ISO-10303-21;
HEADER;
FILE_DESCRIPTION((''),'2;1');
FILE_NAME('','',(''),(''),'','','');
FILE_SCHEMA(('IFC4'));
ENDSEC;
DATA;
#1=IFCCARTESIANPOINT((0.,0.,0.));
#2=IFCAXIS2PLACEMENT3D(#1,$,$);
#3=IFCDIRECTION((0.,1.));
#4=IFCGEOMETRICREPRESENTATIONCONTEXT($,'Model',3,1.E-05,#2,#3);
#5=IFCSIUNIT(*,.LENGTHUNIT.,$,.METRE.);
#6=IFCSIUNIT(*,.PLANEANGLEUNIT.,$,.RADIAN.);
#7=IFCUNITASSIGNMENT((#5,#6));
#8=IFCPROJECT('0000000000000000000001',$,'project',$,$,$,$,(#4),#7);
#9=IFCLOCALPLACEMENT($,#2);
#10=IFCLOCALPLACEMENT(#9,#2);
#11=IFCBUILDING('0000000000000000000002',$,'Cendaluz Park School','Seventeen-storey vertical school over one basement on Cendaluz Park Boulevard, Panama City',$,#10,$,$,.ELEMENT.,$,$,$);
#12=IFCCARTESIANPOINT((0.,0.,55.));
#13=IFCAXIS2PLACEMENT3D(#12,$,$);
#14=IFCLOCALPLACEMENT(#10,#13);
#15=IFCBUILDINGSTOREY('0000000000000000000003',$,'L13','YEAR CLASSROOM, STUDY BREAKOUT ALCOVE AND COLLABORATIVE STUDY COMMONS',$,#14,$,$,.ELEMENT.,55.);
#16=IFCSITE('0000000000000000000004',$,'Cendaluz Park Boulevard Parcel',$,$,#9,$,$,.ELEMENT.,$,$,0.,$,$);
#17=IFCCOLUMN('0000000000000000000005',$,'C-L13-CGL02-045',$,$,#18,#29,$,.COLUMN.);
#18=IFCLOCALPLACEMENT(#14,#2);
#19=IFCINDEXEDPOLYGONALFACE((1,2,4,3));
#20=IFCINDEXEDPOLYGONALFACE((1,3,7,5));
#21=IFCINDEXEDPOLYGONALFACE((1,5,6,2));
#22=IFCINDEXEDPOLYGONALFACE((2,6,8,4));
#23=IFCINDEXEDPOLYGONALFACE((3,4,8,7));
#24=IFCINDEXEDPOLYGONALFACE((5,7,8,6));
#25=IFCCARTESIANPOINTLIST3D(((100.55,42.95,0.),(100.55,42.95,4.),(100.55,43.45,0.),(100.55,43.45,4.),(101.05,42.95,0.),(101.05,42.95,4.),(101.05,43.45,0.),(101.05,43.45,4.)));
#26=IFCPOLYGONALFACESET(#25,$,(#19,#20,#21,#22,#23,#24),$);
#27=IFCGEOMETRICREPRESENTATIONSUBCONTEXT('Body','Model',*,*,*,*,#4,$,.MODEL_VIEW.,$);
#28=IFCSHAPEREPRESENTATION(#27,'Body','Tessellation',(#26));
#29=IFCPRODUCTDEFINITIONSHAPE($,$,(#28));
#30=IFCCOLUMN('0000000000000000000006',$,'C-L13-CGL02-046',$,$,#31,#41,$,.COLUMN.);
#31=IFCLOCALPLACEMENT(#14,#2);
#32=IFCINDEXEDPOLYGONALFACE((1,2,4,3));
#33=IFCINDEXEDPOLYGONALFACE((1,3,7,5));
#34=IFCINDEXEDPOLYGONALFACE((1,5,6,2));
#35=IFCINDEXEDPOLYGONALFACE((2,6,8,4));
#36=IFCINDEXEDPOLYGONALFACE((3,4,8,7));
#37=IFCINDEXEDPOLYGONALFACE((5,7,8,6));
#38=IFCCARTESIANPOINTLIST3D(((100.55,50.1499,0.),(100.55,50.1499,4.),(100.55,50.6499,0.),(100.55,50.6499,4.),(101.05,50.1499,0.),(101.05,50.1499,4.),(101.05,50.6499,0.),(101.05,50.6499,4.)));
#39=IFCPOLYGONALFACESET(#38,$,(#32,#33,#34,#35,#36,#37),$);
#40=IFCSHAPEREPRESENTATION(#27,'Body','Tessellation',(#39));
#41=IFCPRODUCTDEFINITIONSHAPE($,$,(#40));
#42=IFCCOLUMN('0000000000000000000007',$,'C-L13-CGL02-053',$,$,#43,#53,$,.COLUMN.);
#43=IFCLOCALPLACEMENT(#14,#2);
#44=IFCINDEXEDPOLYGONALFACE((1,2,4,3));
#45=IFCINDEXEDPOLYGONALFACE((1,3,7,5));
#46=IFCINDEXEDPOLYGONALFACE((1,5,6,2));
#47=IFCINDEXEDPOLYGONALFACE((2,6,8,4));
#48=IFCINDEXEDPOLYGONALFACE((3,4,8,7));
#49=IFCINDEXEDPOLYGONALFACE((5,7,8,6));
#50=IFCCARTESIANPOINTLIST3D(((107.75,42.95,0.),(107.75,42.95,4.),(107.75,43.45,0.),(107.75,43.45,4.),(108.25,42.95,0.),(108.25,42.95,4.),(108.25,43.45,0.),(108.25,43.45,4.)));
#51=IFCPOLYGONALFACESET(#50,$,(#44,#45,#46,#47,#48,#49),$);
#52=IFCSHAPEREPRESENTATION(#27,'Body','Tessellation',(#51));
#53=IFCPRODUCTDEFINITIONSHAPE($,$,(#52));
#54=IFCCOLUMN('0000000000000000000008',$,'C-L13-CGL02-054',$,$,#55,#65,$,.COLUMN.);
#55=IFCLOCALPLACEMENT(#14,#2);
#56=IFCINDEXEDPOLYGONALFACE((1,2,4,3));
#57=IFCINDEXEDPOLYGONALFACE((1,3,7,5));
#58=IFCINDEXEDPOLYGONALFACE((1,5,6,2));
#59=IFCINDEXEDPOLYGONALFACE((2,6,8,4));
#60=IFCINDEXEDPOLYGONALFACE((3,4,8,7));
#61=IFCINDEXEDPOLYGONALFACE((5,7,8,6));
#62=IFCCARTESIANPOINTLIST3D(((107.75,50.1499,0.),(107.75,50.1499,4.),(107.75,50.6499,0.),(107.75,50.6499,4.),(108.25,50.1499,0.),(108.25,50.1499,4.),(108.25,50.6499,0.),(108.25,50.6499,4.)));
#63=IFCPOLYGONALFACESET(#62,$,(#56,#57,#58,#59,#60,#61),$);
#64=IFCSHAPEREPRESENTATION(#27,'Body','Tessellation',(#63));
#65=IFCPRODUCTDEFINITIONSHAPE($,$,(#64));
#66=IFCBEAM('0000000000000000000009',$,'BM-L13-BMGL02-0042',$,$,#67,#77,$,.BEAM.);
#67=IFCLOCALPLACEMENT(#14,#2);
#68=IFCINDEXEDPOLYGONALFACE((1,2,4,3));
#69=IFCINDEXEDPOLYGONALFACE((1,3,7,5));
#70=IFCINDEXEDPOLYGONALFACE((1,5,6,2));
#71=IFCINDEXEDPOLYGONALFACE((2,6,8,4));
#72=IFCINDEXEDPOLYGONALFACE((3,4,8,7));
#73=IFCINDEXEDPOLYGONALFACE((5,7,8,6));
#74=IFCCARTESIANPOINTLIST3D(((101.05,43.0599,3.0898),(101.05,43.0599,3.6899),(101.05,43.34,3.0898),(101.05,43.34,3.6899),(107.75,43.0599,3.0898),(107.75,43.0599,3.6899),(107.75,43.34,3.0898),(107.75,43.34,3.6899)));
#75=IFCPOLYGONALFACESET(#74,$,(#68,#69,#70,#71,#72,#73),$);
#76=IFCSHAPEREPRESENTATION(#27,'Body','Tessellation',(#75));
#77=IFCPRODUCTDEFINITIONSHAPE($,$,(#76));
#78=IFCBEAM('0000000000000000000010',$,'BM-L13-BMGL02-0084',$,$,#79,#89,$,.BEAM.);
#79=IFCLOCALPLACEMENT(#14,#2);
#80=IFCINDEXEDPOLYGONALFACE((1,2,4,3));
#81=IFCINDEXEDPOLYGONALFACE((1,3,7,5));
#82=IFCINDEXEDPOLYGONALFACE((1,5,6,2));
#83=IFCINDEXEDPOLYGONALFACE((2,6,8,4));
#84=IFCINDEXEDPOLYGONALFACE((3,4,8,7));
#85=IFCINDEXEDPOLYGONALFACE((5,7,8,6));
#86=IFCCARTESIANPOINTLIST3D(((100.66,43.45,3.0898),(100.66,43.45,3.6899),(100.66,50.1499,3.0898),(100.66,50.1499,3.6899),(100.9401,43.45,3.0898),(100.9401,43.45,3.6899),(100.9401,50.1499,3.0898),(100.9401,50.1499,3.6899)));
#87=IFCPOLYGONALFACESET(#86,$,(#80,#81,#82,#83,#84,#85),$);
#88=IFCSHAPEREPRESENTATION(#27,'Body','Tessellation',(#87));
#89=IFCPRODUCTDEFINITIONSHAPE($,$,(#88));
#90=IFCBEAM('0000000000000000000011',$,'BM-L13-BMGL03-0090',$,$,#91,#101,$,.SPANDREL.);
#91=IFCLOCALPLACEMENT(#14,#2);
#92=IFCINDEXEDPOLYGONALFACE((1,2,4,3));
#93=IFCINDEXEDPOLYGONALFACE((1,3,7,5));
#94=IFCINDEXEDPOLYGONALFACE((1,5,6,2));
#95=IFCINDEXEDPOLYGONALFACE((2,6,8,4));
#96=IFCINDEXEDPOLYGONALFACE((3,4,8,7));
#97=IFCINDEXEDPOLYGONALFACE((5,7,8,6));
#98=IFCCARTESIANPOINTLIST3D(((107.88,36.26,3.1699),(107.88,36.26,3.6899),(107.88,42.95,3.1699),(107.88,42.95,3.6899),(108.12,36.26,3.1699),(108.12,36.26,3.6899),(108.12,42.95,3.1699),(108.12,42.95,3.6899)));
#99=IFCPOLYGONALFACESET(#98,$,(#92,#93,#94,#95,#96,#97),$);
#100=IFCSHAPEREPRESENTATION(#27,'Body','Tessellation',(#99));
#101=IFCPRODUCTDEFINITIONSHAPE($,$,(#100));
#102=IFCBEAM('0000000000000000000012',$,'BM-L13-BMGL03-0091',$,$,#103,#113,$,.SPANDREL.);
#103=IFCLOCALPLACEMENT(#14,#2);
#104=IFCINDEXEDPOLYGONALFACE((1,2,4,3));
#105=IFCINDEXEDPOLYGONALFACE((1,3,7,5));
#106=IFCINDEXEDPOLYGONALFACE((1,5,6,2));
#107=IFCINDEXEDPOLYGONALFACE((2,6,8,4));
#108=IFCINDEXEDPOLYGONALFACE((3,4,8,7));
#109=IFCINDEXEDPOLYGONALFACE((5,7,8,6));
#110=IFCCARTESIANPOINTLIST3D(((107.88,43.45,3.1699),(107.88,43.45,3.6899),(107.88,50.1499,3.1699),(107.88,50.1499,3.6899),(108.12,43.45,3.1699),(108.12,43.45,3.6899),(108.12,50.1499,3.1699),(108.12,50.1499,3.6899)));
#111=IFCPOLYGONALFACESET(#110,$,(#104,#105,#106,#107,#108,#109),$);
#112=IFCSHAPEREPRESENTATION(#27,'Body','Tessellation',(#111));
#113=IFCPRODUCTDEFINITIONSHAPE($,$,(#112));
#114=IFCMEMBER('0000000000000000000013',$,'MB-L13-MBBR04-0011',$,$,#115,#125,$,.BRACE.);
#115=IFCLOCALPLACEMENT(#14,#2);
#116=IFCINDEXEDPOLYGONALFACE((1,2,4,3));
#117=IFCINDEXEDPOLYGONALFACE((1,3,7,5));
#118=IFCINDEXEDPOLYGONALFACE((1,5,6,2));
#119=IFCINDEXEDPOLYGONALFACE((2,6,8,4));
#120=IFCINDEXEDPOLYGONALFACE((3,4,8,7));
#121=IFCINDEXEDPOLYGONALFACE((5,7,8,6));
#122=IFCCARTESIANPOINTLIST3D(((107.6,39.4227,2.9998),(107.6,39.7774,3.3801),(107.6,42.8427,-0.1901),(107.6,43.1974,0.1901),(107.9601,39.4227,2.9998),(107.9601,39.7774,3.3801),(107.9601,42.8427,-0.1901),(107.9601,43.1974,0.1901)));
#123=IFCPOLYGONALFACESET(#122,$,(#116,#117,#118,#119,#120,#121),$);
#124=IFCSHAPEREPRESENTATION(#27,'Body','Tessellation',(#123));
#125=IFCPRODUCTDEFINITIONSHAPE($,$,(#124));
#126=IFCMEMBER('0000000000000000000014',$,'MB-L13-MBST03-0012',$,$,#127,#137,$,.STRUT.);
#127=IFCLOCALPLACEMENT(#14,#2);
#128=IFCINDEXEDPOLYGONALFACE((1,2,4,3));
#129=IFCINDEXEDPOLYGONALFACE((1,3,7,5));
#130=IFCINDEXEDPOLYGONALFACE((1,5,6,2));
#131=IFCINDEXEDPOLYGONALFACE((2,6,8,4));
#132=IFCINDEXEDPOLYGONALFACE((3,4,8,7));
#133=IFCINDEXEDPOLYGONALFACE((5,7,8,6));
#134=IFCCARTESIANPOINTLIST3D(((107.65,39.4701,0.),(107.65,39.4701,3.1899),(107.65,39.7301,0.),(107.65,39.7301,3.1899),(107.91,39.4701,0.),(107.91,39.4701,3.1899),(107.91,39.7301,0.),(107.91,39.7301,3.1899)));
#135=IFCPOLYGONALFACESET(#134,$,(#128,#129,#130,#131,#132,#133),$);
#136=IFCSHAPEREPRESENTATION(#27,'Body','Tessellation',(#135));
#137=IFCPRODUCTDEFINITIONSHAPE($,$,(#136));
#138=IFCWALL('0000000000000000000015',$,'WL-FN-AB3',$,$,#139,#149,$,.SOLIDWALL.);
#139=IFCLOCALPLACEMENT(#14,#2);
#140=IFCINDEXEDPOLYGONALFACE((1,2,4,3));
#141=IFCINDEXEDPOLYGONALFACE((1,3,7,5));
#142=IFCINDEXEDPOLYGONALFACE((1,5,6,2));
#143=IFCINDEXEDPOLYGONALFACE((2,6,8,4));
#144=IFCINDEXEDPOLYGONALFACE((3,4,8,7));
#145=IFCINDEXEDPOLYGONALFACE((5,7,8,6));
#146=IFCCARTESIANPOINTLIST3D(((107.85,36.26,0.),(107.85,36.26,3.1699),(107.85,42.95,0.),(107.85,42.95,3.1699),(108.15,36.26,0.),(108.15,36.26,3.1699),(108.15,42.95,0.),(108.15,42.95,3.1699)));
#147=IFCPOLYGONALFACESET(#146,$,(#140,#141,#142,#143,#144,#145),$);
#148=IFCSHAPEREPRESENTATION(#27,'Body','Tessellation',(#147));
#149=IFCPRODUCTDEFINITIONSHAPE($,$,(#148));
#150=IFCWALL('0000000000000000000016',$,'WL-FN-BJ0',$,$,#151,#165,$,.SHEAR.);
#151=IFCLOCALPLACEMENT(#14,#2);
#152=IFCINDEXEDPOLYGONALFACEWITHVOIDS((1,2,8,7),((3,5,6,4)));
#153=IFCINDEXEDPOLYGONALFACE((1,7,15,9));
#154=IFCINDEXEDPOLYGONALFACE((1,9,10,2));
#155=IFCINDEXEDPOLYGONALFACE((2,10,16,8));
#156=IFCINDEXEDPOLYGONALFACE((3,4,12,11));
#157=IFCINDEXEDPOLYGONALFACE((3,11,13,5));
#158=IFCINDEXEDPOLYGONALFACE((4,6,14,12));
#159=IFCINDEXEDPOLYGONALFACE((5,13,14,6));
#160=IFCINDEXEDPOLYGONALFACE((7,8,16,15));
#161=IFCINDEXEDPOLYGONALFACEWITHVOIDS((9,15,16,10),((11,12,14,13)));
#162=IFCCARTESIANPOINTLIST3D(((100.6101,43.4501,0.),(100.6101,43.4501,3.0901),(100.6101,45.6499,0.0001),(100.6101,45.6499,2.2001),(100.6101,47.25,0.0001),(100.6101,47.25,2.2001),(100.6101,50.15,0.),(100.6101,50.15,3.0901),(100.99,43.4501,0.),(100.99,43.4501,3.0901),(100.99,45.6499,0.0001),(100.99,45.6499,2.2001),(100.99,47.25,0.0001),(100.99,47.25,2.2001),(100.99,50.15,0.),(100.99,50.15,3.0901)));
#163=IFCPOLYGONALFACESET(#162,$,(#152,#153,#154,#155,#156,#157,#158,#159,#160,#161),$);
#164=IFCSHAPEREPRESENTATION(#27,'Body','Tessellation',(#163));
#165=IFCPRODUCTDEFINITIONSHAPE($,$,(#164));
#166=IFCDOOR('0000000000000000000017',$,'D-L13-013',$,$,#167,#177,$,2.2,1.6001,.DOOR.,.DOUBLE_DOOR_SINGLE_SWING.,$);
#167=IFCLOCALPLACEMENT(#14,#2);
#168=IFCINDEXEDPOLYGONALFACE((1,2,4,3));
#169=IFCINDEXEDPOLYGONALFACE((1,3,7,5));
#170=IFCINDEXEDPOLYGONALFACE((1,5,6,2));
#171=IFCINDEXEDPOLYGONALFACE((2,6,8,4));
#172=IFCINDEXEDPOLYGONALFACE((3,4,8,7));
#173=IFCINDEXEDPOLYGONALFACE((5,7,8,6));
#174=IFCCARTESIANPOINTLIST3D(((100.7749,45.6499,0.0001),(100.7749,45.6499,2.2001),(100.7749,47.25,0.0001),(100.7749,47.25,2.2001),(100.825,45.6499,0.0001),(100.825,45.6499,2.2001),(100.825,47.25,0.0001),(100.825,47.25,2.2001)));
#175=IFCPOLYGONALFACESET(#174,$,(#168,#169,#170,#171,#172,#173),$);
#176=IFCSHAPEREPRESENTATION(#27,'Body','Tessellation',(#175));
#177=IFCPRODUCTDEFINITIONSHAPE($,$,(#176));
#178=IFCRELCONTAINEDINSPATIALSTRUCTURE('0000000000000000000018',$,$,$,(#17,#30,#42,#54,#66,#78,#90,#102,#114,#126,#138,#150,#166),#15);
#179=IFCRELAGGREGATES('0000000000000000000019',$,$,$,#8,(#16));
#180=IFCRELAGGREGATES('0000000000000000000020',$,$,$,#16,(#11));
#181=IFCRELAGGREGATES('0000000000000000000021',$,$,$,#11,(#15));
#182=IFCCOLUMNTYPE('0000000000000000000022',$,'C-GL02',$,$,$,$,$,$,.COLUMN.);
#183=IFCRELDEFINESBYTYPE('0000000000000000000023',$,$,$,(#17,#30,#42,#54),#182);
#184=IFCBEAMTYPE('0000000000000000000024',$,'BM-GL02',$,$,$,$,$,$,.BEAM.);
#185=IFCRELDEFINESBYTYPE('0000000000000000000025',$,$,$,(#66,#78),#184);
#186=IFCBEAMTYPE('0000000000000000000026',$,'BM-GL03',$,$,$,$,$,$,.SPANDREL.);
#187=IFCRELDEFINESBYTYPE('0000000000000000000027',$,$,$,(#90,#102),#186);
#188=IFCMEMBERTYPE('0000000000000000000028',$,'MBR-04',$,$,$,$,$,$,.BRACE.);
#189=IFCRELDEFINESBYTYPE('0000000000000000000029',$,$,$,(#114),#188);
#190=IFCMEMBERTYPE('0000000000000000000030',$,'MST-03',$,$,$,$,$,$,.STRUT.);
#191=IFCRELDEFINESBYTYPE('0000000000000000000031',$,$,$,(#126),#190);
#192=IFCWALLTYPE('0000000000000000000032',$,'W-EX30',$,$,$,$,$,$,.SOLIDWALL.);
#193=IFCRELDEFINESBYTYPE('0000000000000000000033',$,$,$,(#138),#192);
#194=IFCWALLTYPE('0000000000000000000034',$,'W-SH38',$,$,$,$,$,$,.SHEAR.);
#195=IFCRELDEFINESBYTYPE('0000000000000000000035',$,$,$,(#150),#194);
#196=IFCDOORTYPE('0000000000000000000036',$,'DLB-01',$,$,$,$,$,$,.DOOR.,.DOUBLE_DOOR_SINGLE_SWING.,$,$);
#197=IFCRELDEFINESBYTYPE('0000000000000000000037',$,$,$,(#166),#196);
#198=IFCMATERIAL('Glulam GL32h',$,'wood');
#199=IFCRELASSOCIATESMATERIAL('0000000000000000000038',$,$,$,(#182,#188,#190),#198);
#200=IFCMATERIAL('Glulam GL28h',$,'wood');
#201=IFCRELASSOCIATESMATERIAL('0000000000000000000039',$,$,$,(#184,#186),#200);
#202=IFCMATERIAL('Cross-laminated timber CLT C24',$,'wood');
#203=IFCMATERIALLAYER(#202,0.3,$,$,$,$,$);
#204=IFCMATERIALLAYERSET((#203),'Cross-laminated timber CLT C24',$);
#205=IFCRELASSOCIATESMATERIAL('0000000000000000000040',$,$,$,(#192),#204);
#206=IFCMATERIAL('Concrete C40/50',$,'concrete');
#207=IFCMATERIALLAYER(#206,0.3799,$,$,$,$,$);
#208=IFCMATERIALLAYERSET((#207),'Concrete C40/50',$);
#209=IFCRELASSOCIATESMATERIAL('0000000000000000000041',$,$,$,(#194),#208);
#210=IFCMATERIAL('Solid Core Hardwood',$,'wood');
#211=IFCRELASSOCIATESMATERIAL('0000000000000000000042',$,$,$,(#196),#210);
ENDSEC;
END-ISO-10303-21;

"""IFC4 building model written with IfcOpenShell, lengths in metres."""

from ifc_helpers import new_model, si_unit, direction, frame, frame_2d, origin, origin_2d, place, context, subcontext, project, spatial, rectangle, extrude, material, layer, layer_set, material_profile, profile_set, type_object, element, fill, save


model = new_model("IFC4")

# Units and contexts
model_context = context("Model", 3, precision=1e-05, world=origin(), true_north=direction((0.0, 1.0)))
body_context = subcontext(model_context, "Body", "Model", "MODEL_VIEW")
ifc_project = project(units=[si_unit("LENGTHUNIT", "METRE"), si_unit("PLANEANGLEUNIT", "RADIAN")], contexts=[model_context])

# Site, building, storey
site_placement = place(None, origin())
site = spatial("IfcSite", under=ifc_project, at=site_placement, Name="Cendaluz Park Boulevard Parcel", CompositionType="ELEMENT", RefElevation=0.0)
building_placement = place(site_placement, origin())
building = spatial("IfcBuilding", under=site, at=building_placement, Name="Cendaluz Park School", Description="Seventeen-storey vertical school over one basement on Cendaluz Park Boulevard, Panama City", CompositionType="ELEMENT")
storey_placement = place(building_placement, frame((0.0, 0.0, 55.0)))
storey = spatial("IfcBuildingStorey", under=building, at=storey_placement, Name="L13", Description="YEAR CLASSROOM, STUDY BREAKOUT ALCOVE AND COLLABORATIVE STUDY COMMONS", CompositionType="ELEMENT", Elevation=55.0)

# Columns
ifc_material_1 = material(Name="Glulam GL32h", Category="wood")
ifc_material_profile_1 = material_profile(ifc_material_1, rectangle(XDim=0.5, YDim=0.5, at=origin_2d()), Name="GL32h 500x500", Category="wood")
ifc_profile_set_1 = profile_set([ifc_material_profile_1], Name="Glulam GL32h")
column_type = type_object("IfcColumnType", Name="C-GL02", PredefinedType="COLUMN", material=ifc_profile_set_1)
for number, where, z_axis, x_axis, name in (
    (1, (100.8, 43.2, 0.0), (0.0, 0.0, 1.0), (1.0, 0.0, 0.0), "C-L13-CGL02-045"),
    (2, (100.8, 50.3999, 0.0), (0.0, 0.0, 1.0), (1.0, 0.0, 0.0), "C-L13-CGL02-046"),
    (3, (108.0, 43.2, 0.0), (0.0, 0.0, 1.0), (1.0, 0.0, 0.0), "C-L13-CGL02-053"),
    (4, (108.0, 50.3999, 0.0), (0.0, 0.0, 1.0), (1.0, 0.0, 0.0), "C-L13-CGL02-054"),
):
    element("IfcColumn", number, at=place(storey_placement, frame(where, z_axis=z_axis, x_axis=x_axis)), inside=storey, type_object=column_type, Name=name, PredefinedType="COLUMN", context=body_context, shape_type="SweptSolid", body=[
        extrude(rectangle(XDim=0.5, YDim=0.5, at=origin_2d()), origin(), (0.0, 0.0, 1.0), 4.0),
    ])

# Beams
ifc_material_2 = material(Name="Glulam GL28h", Category="wood")
ifc_material_profile_2 = material_profile(ifc_material_2, rectangle(XDim=0.28, YDim=0.6001, at=origin_2d()), Name="GL28h 280x600", Category="wood")
ifc_profile_set_2 = profile_set([ifc_material_profile_2], Name="Glulam GL28h")
beam_type_1 = type_object("IfcBeamType", Name="BM-GL02", PredefinedType="BEAM", material=ifc_profile_set_2)
for number, where, z_axis, x_axis, name in (
    (5, (101.05, 43.2, 3.3899), (1.0, 0.0, 0.0), (0.0, 1.0, 0.0), "BM-L13-BMGL02-0042"),
    (6, (100.8, 43.45, 3.3899), (0.0, 1.0, 0.0), (-1.0, 0.0, 0.0), "BM-L13-BMGL02-0084"),
):
    element("IfcBeam", number, at=place(storey_placement, frame(where, z_axis=z_axis, x_axis=x_axis)), inside=storey, type_object=beam_type_1, Name=name, PredefinedType="BEAM", context=body_context, shape_type="SweptSolid", body=[
        extrude(rectangle(XDim=0.28, YDim=0.6001, at=origin_2d()), origin(), (0.0, 0.0, 1.0), 6.7),
    ])
ifc_material_profile_3 = material_profile(ifc_material_2, rectangle(XDim=0.24, YDim=0.52, at=origin_2d()), Name="GL28h 240x520", Category="wood")
ifc_profile_set_3 = profile_set([ifc_material_profile_3], Name="Glulam GL28h")
beam_type_2 = type_object("IfcBeamType", Name="BM-GL03", PredefinedType="SPANDREL", material=ifc_profile_set_3)
beam_1_placement = place(storey_placement, frame((108.0, 36.26, 3.4299), z_axis=(0.0, 1.0, 0.0), x_axis=(-1.0, 0.0, 0.0)))
element("IfcBeam", 7, at=beam_1_placement, inside=storey, type_object=beam_type_2, Name="BM-L13-BMGL03-0090", PredefinedType="SPANDREL", context=body_context, shape_type="SweptSolid", body=[
    extrude(rectangle(XDim=0.24, YDim=0.52, at=origin_2d()), origin(), (0.0, 0.0, 1.0), 6.6899),
])
beam_2_placement = place(storey_placement, frame((108.0, 43.45, 3.4299), z_axis=(0.0, 1.0, 0.0), x_axis=(-1.0, 0.0, 0.0)))
element("IfcBeam", 8, at=beam_2_placement, inside=storey, type_object=beam_type_2, Name="BM-L13-BMGL03-0091", PredefinedType="SPANDREL", context=body_context, shape_type="SweptSolid", body=[
    extrude(rectangle(XDim=0.24, YDim=0.52, at=origin_2d()), origin(), (0.0, 0.0, 1.0), 6.7),
])

# Members
ifc_material_profile_4 = material_profile(ifc_material_1, rectangle(XDim=0.3601, YDim=0.52, at=origin_2d()), Name="GL32h 360x520", Category="wood")
ifc_profile_set_4 = profile_set([ifc_material_profile_4], Name="Glulam GL32h")
member_type_1 = type_object("IfcMemberType", Name="MBR-04", PredefinedType="BRACE", material=ifc_profile_set_4)
member_1_placement = place(storey_placement, frame((107.78, 43.02, 0.0), z_axis=(0.0, -0.731267, 0.682091), x_axis=(1.0, 0.0, 0.0)))
element("IfcMember", 9, at=member_1_placement, inside=storey, type_object=member_type_1, Name="MB-L13-MBBR04-0011", PredefinedType="BRACE", context=body_context, shape_type="SweptSolid", body=[
    extrude(rectangle(XDim=0.3601, YDim=0.52, at=origin_2d()), origin(), (0.0, 0.0, 1.0), 4.6768),
])
ifc_material_profile_5 = material_profile(ifc_material_1, rectangle(XDim=0.26, YDim=0.26, at=origin_2d()), Name="GL32h 260x260", Category="wood")
ifc_profile_set_5 = profile_set([ifc_material_profile_5], Name="Glulam GL32h")
member_type_2 = type_object("IfcMemberType", Name="MST-03", PredefinedType="STRUT", material=ifc_profile_set_5)
member_2_placement = place(storey_placement, frame((107.78, 39.6001, 0.0), z_axis=(0.0, 0.0, 1.0), x_axis=(1.0, 0.0, 0.0)))
element("IfcMember", 10, at=member_2_placement, inside=storey, type_object=member_type_2, Name="MB-L13-MBST03-0012", PredefinedType="STRUT", context=body_context, shape_type="SweptSolid", body=[
    extrude(rectangle(XDim=0.26, YDim=0.26, at=origin_2d()), origin(), (0.0, 0.0, 1.0), 3.1899),
])

# Wall
ifc_material_3 = material(Name="Cross-laminated timber CLT C24", Category="wood")
ifc_layer_1 = layer(ifc_material_3, 0.3)
ifc_layer_set_1 = layer_set([ifc_layer_1], Name="Cross-laminated timber CLT C24")
wall_type_1 = type_object("IfcWallType", Name="W-EX30", PredefinedType="SOLIDWALL", material=ifc_layer_set_1)
wall_1_placement = place(storey_placement, frame((108.0, 36.26, 0.0), z_axis=(0.0, 0.0, 1.0), x_axis=(0.0, 1.0, 0.0)))
element("IfcWall", 11, at=wall_1_placement, inside=storey, type_object=wall_type_1, Name="WL-FN-AB3", PredefinedType="SOLIDWALL", context=body_context, shape_type="SweptSolid", body=[
    extrude(rectangle(XDim=6.6899, YDim=0.3, at=frame_2d((3.345, 0.0))), origin(), (0.0, 0.0, 1.0), 3.1699),
])

# Shared definitions
ifc_material_4 = material(Name="Concrete C40/50", Category="concrete")
ifc_material_5 = material(Name="Solid Core Hardwood", Category="wood")

# Wall, opening, door
ifc_layer_2 = layer(ifc_material_4, 0.3799)
ifc_layer_set_2 = layer_set([ifc_layer_2], Name="Concrete C40/50")
wall_type_2 = type_object("IfcWallType", Name="W-SH38", PredefinedType="SHEAR", material=ifc_layer_set_2)
wall_2_placement = place(storey_placement, frame((100.8, 43.45, 0.0), z_axis=(0.0, 0.0, 1.0), x_axis=(0.0, 1.0, 0.0)))
wall_2 = element("IfcWall", 12, at=wall_2_placement, inside=storey, type_object=wall_type_2, Name="WL-FN-BJ0", PredefinedType="SHEAR", context=body_context, shape_type="SweptSolid", body=[
    extrude(rectangle(XDim=6.7, YDim=0.3799, at=frame_2d((3.3501, 0.0))), origin(), (0.0, 0.0, 1.0), 3.0901),
])
opening_1_placement = place(wall_2_placement, frame((2.2, 0.0, 0.0)))
opening_1 = element("IfcOpeningElement", 13, at=opening_1_placement, cuts=wall_2, PredefinedType="OPENING", context=body_context, shape_type="SweptSolid", body=[
    extrude(rectangle(XDim=1.6001, YDim=2.2, at=frame_2d((0.8, 1.1001))), frame((0.0, 0.2019, 0.0), z_axis=(0.0, -1.0, 0.0), x_axis=(1.0, 0.0, 0.0)), (0.0, 0.0, 1.0), 0.4038),
])
door_type_1 = type_object("IfcDoorType", Name="DLB-01", OperationType="DOUBLE_DOOR_SINGLE_SWING", PredefinedType="DOOR", material=ifc_material_5)
door_1_placement = place(opening_1_placement, frame((1.6001, 0.0, 0.0), z_axis=(0.0, 0.0, 1.0), x_axis=(-1.0, 0.0, 0.0)))
door_1 = element("IfcDoor", 14, at=door_1_placement, inside=storey, type_object=door_type_1, Name="D-L13-013", OperationType="DOUBLE_DOOR_SINGLE_SWING", OverallHeight=2.2, OverallWidth=1.6001, PredefinedType="DOOR", context=body_context, shape_type="SweptSolid", body=[
    extrude(rectangle(XDim=1.6001, YDim=2.2, at=frame_2d((0.8, 1.1001))), frame((0.0, 0.0249, 0.0), z_axis=(0.0, -1.0, 0.0), x_axis=(1.0, 0.0, 0.0)), (0.0, 0.0, 1.0), 0.05),
])
fill(opening_1, door_1)

save(model, "model.ifc")
